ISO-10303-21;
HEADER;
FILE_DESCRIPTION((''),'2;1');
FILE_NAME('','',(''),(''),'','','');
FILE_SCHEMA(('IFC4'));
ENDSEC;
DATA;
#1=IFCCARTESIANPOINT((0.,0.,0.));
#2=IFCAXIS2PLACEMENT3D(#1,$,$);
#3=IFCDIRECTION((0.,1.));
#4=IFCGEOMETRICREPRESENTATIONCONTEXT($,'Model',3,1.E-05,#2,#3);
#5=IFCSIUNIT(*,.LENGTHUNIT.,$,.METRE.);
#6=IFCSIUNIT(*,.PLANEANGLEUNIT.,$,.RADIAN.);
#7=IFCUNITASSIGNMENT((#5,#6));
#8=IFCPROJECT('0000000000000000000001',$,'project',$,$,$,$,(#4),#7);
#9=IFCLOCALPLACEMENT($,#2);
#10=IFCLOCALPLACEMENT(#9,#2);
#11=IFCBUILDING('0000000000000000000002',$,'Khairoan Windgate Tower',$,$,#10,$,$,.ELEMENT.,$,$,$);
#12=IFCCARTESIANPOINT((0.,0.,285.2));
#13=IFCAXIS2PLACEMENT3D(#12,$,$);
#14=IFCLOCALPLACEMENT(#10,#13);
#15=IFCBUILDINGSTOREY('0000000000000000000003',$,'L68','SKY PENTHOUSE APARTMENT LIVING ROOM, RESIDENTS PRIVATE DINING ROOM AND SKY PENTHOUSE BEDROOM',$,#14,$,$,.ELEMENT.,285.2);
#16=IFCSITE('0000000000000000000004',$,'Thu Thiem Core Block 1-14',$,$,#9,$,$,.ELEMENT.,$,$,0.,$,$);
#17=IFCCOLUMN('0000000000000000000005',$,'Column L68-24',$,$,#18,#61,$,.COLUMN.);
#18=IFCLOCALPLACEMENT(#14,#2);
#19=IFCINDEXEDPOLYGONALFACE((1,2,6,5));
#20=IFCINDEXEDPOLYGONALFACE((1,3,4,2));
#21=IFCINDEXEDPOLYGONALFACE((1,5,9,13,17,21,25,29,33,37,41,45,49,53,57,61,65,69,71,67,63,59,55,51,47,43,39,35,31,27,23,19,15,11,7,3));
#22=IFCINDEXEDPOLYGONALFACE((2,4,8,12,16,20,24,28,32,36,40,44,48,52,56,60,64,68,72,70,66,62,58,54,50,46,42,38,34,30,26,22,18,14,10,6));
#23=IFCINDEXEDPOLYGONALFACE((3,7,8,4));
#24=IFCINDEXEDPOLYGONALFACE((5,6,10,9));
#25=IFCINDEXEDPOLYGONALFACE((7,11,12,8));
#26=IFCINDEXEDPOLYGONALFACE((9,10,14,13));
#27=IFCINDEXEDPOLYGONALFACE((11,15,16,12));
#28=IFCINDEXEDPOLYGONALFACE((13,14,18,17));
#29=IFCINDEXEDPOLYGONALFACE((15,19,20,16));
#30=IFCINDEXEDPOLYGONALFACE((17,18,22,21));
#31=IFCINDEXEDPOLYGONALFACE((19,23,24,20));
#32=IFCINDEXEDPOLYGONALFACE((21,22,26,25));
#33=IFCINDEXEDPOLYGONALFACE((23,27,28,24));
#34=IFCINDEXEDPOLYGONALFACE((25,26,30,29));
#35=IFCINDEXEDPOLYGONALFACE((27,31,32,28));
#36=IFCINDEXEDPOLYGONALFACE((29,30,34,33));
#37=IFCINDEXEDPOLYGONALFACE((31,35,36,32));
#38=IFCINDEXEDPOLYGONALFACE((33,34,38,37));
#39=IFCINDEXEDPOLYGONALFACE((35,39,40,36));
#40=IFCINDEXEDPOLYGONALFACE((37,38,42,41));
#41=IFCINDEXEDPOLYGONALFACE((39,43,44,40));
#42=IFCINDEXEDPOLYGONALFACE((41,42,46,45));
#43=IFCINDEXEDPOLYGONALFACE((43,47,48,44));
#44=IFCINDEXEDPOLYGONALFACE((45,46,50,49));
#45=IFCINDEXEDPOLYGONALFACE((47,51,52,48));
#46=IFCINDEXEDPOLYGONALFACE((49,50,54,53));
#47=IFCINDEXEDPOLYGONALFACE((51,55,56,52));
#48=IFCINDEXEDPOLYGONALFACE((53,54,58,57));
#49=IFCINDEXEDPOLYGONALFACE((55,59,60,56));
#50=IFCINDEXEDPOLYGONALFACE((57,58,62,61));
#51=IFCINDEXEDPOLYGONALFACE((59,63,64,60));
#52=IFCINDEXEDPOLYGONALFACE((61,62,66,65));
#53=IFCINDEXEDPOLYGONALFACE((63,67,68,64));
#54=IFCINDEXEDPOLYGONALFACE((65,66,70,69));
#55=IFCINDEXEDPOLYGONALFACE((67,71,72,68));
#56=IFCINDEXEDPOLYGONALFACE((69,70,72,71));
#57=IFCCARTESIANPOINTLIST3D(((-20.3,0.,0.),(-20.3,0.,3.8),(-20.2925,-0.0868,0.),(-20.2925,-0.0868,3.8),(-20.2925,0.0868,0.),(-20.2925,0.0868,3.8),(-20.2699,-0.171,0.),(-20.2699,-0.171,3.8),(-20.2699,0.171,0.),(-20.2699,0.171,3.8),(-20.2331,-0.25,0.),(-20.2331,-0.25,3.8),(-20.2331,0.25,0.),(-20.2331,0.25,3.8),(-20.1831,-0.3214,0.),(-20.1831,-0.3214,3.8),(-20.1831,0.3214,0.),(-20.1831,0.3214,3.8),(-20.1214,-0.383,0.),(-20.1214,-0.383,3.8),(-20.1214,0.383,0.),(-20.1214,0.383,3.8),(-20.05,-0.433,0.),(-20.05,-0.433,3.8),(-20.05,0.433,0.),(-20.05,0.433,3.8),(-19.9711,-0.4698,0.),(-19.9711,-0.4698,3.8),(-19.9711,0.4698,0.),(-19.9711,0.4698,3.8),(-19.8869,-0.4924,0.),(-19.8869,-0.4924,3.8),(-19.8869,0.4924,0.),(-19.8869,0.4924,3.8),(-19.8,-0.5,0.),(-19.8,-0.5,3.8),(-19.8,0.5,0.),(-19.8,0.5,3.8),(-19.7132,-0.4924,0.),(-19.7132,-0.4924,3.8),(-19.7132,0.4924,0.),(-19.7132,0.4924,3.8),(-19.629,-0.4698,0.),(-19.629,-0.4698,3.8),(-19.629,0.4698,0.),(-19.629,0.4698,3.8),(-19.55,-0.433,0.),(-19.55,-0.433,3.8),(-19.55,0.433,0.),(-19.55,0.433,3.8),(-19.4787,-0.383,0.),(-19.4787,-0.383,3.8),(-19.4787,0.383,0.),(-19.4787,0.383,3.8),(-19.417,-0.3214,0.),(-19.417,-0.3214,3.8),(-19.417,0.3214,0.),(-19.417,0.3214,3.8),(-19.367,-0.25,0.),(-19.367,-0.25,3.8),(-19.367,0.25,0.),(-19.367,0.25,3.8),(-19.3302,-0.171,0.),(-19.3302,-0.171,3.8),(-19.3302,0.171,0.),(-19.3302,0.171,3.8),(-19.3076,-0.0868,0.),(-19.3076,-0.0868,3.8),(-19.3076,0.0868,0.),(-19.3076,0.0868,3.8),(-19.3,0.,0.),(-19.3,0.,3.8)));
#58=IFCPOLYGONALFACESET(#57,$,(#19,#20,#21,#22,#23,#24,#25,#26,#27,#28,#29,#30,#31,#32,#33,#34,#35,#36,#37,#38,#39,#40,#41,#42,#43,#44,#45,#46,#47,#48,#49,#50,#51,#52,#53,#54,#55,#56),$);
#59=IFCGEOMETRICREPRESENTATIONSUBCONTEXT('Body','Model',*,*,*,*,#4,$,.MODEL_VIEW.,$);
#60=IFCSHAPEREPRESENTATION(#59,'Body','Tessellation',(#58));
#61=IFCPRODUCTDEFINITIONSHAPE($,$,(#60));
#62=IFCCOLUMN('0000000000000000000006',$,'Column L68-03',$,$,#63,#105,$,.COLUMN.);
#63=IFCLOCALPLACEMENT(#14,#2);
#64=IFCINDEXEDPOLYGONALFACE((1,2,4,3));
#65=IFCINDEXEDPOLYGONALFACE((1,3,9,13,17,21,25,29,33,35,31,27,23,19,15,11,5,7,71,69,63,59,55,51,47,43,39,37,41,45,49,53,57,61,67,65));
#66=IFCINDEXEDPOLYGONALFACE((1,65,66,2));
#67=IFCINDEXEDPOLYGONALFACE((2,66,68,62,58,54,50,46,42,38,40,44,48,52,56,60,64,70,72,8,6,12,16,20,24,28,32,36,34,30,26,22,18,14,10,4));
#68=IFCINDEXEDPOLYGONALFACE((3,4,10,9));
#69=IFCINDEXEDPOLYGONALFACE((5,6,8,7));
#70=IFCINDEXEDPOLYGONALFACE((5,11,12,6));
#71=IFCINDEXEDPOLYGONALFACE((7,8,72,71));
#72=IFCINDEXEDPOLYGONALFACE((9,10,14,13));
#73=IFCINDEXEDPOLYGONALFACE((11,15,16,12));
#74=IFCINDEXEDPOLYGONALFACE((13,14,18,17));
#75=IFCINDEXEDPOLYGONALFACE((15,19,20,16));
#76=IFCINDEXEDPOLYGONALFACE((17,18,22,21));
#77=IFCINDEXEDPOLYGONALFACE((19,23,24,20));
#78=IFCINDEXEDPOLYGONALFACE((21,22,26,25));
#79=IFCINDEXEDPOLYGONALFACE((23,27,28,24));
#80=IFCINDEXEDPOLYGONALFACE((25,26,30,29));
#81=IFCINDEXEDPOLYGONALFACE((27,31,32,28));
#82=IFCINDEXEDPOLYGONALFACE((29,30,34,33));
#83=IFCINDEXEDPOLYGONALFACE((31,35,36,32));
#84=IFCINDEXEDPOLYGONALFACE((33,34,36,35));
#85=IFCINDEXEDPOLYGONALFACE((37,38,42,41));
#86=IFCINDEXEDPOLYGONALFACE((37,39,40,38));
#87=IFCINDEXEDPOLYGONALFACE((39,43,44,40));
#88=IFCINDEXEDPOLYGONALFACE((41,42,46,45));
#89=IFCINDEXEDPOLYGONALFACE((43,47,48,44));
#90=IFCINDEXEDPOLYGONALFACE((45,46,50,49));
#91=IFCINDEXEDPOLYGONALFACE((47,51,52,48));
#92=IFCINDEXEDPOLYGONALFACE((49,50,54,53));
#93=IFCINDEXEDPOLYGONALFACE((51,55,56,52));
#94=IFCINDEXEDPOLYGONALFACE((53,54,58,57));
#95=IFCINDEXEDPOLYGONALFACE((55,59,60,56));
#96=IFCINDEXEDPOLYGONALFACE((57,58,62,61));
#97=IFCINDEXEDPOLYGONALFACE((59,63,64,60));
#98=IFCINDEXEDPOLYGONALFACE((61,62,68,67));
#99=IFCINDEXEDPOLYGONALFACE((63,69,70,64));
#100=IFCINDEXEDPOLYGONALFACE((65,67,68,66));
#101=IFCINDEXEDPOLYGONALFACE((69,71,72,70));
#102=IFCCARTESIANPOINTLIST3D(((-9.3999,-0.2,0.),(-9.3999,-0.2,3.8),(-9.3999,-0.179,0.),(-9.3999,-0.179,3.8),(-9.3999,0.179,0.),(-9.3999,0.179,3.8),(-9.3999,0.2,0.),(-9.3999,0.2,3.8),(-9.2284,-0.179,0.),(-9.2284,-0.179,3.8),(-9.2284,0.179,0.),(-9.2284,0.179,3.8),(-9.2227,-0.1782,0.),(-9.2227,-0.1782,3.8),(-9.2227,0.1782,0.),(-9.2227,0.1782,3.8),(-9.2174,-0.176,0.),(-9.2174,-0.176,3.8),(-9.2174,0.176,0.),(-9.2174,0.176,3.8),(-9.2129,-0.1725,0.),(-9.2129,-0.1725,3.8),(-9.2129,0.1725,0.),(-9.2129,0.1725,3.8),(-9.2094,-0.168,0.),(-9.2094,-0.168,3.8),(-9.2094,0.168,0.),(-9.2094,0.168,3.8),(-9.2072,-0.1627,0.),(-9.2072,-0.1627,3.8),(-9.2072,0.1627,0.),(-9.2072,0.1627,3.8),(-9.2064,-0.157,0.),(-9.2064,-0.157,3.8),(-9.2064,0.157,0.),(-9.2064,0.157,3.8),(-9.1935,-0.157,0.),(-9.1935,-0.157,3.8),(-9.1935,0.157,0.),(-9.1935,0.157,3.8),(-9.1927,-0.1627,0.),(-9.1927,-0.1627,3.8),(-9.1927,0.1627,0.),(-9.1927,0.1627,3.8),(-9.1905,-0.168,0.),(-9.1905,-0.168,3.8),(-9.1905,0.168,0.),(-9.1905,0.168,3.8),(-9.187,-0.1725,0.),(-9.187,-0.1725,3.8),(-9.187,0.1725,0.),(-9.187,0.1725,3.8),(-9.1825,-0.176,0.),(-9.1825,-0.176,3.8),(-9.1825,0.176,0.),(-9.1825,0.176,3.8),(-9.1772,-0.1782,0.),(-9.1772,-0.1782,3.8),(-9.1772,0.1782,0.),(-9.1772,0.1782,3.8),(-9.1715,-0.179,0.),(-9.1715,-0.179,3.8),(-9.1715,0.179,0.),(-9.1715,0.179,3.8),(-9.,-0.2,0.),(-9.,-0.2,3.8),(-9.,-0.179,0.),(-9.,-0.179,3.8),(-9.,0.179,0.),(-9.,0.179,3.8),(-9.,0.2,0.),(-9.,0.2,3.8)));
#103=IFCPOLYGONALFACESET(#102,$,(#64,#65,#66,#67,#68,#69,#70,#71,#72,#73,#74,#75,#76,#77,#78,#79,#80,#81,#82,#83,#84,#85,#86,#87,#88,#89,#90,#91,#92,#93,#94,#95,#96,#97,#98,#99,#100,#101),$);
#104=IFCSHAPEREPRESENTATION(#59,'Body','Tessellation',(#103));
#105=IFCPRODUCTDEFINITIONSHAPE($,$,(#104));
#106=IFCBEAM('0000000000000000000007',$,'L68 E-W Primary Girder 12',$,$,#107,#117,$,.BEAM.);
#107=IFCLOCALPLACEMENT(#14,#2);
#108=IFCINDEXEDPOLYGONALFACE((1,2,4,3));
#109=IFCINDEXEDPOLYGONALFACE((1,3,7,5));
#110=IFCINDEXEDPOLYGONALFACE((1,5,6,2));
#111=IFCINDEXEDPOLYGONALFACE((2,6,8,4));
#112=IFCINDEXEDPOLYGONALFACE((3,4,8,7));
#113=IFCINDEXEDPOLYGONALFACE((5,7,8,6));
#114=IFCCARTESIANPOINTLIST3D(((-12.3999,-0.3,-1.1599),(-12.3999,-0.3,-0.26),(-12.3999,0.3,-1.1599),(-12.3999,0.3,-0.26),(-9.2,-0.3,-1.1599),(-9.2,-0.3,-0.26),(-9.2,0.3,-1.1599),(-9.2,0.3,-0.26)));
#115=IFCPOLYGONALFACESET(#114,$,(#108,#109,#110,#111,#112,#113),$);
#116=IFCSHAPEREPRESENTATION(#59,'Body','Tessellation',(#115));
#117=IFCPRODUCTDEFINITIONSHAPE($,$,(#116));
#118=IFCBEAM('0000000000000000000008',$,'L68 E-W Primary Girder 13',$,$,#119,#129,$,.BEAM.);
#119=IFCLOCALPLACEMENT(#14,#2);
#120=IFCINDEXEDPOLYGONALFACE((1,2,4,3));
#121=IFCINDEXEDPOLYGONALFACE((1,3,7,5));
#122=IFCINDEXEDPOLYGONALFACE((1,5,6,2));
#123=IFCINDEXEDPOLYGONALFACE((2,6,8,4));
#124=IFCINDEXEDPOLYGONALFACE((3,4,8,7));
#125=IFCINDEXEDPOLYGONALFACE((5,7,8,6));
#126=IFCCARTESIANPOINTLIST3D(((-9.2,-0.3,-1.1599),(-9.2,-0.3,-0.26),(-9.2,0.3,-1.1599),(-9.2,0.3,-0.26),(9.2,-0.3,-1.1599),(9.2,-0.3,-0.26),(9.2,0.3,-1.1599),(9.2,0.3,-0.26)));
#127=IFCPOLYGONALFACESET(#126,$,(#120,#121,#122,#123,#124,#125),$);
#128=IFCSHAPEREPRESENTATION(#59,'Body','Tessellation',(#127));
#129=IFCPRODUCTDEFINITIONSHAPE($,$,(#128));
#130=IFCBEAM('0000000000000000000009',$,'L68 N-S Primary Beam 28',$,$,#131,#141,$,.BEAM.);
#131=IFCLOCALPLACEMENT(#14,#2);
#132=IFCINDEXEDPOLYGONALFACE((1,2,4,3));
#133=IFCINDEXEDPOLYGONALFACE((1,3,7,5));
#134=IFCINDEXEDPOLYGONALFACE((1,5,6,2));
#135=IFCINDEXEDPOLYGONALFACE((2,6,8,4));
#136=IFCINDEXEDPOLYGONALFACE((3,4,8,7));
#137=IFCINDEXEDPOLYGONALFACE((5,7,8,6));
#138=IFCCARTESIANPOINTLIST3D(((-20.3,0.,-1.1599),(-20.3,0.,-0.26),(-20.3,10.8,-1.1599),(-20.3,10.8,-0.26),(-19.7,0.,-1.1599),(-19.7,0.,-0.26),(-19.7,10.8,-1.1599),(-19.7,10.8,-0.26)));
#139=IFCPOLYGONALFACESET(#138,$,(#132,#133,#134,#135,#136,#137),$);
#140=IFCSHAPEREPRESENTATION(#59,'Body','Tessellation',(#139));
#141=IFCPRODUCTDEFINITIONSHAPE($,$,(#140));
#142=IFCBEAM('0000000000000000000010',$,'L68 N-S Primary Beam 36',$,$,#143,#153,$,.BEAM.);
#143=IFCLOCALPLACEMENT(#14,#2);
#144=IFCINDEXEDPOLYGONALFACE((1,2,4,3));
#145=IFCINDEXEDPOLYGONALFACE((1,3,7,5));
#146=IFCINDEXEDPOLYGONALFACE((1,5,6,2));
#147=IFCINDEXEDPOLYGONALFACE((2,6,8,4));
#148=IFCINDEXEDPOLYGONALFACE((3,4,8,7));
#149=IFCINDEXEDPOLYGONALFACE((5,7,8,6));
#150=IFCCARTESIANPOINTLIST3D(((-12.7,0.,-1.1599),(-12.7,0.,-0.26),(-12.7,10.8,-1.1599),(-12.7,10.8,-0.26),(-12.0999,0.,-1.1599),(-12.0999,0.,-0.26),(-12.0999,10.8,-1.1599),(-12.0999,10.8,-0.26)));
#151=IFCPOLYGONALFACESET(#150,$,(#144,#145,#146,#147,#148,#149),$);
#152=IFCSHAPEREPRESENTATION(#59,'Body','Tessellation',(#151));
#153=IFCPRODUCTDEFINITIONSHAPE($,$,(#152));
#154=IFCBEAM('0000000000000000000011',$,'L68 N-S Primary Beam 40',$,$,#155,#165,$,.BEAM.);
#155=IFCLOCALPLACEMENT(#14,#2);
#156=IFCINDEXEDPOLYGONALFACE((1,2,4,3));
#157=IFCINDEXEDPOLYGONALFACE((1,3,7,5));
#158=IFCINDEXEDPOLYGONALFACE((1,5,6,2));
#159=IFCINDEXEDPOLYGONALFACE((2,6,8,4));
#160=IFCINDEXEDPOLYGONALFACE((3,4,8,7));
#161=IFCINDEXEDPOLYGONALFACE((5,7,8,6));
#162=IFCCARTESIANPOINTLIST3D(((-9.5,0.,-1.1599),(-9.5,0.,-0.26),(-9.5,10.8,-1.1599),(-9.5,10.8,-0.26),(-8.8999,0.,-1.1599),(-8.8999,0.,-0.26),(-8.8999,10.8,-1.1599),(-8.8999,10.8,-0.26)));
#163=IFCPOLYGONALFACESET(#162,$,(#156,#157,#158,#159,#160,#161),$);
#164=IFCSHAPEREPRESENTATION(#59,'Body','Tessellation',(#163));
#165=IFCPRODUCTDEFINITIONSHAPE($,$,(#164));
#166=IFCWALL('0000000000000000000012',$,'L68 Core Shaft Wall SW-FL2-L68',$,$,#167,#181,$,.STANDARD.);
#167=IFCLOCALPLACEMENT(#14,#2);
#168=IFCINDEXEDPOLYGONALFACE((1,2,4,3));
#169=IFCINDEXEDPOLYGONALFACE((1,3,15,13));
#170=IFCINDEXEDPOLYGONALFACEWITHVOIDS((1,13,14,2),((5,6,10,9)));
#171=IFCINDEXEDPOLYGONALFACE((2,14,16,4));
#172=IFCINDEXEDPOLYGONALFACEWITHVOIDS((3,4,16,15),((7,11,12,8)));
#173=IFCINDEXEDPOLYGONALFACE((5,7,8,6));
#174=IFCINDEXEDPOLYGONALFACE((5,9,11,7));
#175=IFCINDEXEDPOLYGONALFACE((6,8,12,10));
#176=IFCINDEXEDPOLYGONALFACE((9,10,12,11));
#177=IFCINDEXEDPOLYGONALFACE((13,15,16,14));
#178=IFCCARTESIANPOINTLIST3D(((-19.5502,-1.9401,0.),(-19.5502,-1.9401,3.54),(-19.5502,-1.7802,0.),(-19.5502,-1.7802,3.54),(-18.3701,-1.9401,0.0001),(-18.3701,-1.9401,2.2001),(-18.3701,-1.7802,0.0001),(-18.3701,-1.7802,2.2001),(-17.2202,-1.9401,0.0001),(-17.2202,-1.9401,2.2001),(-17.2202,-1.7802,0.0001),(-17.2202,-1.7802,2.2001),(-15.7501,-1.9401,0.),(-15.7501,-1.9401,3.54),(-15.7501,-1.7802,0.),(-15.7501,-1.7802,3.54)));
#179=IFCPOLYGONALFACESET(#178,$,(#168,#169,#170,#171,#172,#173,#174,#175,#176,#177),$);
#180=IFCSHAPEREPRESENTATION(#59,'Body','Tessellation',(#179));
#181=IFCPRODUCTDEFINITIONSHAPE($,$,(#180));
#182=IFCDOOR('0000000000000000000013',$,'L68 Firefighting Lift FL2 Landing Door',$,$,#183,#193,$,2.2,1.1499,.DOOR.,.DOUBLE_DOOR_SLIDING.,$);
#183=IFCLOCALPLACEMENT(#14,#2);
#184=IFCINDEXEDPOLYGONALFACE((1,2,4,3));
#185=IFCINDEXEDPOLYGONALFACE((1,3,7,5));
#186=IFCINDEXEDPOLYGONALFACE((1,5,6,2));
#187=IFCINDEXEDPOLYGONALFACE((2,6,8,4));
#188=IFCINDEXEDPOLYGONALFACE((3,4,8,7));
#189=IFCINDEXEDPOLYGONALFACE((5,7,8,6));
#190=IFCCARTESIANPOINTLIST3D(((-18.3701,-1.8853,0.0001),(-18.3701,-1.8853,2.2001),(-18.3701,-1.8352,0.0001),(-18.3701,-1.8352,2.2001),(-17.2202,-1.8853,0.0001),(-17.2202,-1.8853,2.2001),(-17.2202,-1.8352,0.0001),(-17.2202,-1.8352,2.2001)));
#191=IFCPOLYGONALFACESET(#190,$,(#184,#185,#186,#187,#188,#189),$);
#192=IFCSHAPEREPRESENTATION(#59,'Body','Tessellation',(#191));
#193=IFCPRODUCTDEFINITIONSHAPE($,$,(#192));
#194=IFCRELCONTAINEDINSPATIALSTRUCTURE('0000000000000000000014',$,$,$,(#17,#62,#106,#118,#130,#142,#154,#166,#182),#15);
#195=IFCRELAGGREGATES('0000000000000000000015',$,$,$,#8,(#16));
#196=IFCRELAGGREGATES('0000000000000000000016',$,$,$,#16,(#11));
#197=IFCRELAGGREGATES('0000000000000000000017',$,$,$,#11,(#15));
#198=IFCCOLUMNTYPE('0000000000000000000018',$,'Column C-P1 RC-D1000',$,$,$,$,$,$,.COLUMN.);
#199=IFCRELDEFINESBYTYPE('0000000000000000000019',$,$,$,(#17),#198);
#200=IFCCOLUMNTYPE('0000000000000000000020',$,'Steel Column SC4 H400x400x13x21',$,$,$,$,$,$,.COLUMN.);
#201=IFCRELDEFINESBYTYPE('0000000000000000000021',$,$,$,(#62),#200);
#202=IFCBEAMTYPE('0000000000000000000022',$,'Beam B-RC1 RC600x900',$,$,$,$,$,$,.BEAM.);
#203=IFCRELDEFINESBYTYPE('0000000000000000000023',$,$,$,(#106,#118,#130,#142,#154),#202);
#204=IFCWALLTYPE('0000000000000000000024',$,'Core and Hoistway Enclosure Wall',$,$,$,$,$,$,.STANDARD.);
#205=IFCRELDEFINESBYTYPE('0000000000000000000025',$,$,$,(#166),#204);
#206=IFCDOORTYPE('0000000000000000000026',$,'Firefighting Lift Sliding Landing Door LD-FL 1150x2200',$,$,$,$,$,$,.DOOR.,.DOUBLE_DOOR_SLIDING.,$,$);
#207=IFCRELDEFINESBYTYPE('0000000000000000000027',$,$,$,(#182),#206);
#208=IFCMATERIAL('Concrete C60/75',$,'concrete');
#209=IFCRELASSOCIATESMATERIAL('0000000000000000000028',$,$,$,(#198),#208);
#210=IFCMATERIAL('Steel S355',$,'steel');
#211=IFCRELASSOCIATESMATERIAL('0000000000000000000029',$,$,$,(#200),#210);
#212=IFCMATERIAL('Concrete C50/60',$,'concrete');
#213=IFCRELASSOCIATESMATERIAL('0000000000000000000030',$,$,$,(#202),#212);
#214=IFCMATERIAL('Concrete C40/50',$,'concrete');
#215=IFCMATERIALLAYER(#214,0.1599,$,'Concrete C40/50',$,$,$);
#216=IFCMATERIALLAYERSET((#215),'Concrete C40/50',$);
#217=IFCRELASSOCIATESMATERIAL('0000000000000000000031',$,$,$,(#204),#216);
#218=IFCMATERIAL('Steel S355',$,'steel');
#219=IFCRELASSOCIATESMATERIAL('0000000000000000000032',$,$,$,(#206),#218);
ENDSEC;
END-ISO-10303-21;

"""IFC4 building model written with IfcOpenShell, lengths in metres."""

from ifc_helpers import new_model, si_unit, direction, frame, frame_2d, origin, origin_2d, place, context, subcontext, project, spatial, rectangle, circle, i_section, extrude, material, layer, layer_set, material_profile, profile_set, type_object, element, fill, save


model = new_model("IFC4")

# Units and contexts
model_context = context("Model", 3, precision=1e-05, world=origin(), true_north=direction((0.0, 1.0)))
body_context = subcontext(model_context, "Body", "Model", "MODEL_VIEW")
ifc_project = project(units=[si_unit("LENGTHUNIT", "METRE"), si_unit("PLANEANGLEUNIT", "RADIAN")], contexts=[model_context])

# Site, building, storey
site_placement = place(None, origin())
site = spatial("IfcSite", under=ifc_project, at=site_placement, Name="Thu Thiem Core Block 1-14", CompositionType="ELEMENT", RefElevation=0.0)
building_placement = place(site_placement, origin())
building = spatial("IfcBuilding", under=site, at=building_placement, Name="Khairoan Windgate Tower", CompositionType="ELEMENT")
storey_placement = place(building_placement, frame((0.0, 0.0, 285.2)))
storey = spatial("IfcBuildingStorey", under=building, at=storey_placement, Name="L68", Description="SKY PENTHOUSE APARTMENT LIVING ROOM, RESIDENTS PRIVATE DINING ROOM AND SKY PENTHOUSE BEDROOM", CompositionType="ELEMENT", Elevation=285.2)

# Columns
ifc_material_1 = material(Name="Concrete C60/75", Category="concrete")
ifc_material_profile_1 = material_profile(ifc_material_1, circle(Radius=0.5, at=origin_2d()))
ifc_profile_set_1 = profile_set([ifc_material_profile_1], Name="Concrete C60/75")
column_type_1 = type_object("IfcColumnType", Name="Column C-P1 RC-D1000", PredefinedType="COLUMN", material=ifc_profile_set_1)
column_1_placement = place(storey_placement, frame((-19.8, 0.0, 0.0), z_axis=(0.0, 0.0, 1.0), x_axis=(1.0, 0.0, 0.0)))
element("IfcColumn", 1, at=column_1_placement, inside=storey, type_object=column_type_1, Name="Column L68-24", PredefinedType="COLUMN", context=body_context, shape_type="SweptSolid", body=[
    extrude(circle(Radius=0.5, at=origin_2d()), origin(), (0.0, 0.0, 1.0), 3.8),
])
ifc_material_2 = material(Name="Steel S355", Category="steel")
ifc_material_profile_2 = material_profile(ifc_material_2, i_section(OverallWidth=0.3999, OverallDepth=0.3999, WebThickness=0.0129, FlangeThickness=0.021, FilletRadius=0.022, at=origin_2d()))
ifc_profile_set_2 = profile_set([ifc_material_profile_2], Name="Steel S355")
column_type_2 = type_object("IfcColumnType", Name="Steel Column SC4 H400x400x13x21", PredefinedType="COLUMN", material=ifc_profile_set_2)
column_2_placement = place(storey_placement, frame((-9.2, 0.0, 0.0), z_axis=(0.0, 0.0, 1.0), x_axis=(1.0, 0.0, 0.0)))
element("IfcColumn", 2, at=column_2_placement, inside=storey, type_object=column_type_2, Name="Column L68-03", PredefinedType="COLUMN", context=body_context, shape_type="SweptSolid", body=[
    extrude(i_section(OverallWidth=0.3999, OverallDepth=0.3999, WebThickness=0.0129, FlangeThickness=0.021, FilletRadius=0.022, at=origin_2d()), origin(), (0.0, 0.0, 1.0), 3.8),
])

# Beams
ifc_material_3 = material(Name="Concrete C50/60", Category="concrete")
ifc_material_profile_3 = material_profile(ifc_material_3, rectangle(XDim=0.6001, YDim=0.8999, at=origin_2d()))
ifc_profile_set_3 = profile_set([ifc_material_profile_3], Name="Concrete C50/60")
beam_type = type_object("IfcBeamType", Name="Beam B-RC1 RC600x900", PredefinedType="BEAM", material=ifc_profile_set_3)
beam_1_placement = place(storey_placement, frame((-12.3999, 0.0, -0.71), z_axis=(1.0, 0.0, 0.0), x_axis=(0.0, 1.0, 0.0)))
element("IfcBeam", 3, at=beam_1_placement, inside=storey, type_object=beam_type, Name="L68 E-W Primary Girder 12", PredefinedType="BEAM", context=body_context, shape_type="SweptSolid", body=[
    extrude(rectangle(XDim=0.6001, YDim=0.8999, at=origin_2d()), origin(), (0.0, 0.0, 1.0), 3.2),
])
beam_2_placement = place(storey_placement, frame((-9.2, 0.0, -0.71), z_axis=(1.0, 0.0, 0.0), x_axis=(0.0, 1.0, 0.0)))
element("IfcBeam", 4, at=beam_2_placement, inside=storey, type_object=beam_type, Name="L68 E-W Primary Girder 13", PredefinedType="BEAM", context=body_context, shape_type="SweptSolid", body=[
    extrude(rectangle(XDim=0.6001, YDim=0.8999, at=origin_2d()), origin(), (0.0, 0.0, 1.0), 18.3999),
])
for number, where, z_axis, x_axis, name in (
    (5, (-20.0, 0.0, -0.71), (0.0, 1.0, 0.0), (-1.0, 0.0, 0.0), "L68 N-S Primary Beam 28"),
    (6, (-12.3999, 0.0, -0.71), (0.0, 1.0, 0.0), (-1.0, 0.0, 0.0), "L68 N-S Primary Beam 36"),
    (7, (-9.2, 0.0, -0.71), (0.0, 1.0, 0.0), (-1.0, 0.0, 0.0), "L68 N-S Primary Beam 40"),
):
    element("IfcBeam", number, at=place(storey_placement, frame(where, z_axis=z_axis, x_axis=x_axis)), inside=storey, type_object=beam_type, Name=name, PredefinedType="BEAM", context=body_context, shape_type="SweptSolid", body=[
        extrude(rectangle(XDim=0.6001, YDim=0.8999, at=origin_2d()), origin(), (0.0, 0.0, 1.0), 10.8),
    ])

# Wall, opening, door
ifc_material_4 = material(Name="Concrete C40/50", Category="concrete")
ifc_layer_1 = layer(ifc_material_4, 0.1599, Name="Concrete C40/50")
ifc_layer_set_1 = layer_set([ifc_layer_1], Name="Concrete C40/50")
wall_type_1 = type_object("IfcWallType", Name="Core and Hoistway Enclosure Wall", PredefinedType="STANDARD", material=ifc_layer_set_1)
wall_1_placement = place(storey_placement, frame((-19.55, -1.8601, 0.0), z_axis=(0.0, 0.0, 1.0), x_axis=(1.0, 0.0, 0.0)))
wall_1 = element("IfcWall", 8, at=wall_1_placement, inside=storey, type_object=wall_type_1, Name="L68 Core Shaft Wall SW-FL2-L68", PredefinedType="STANDARD", context=body_context, shape_type="SweptSolid", body=[
    extrude(rectangle(XDim=3.8, YDim=0.1599, at=frame_2d((1.8999, 0.0))), origin(), (0.0, 0.0, 1.0), 3.54),
])
opening_1_placement = place(wall_1_placement, frame((1.1799, 0.0, 0.0)))
opening_1 = element("IfcOpeningElement", 9, at=opening_1_placement, cuts=wall_1, PredefinedType="OPENING", context=body_context, shape_type="SweptSolid", body=[
    extrude(rectangle(XDim=1.1499, YDim=2.2, at=frame_2d((0.575, 1.1001))), frame((0.0, 0.0898, 0.0), z_axis=(0.0, -1.0, 0.0), x_axis=(1.0, 0.0, 0.0)), (0.0, 0.0, 1.0), 0.1799),
])
ifc_material_5 = material(Name="Steel S355", Category="steel")
door_type_1 = type_object("IfcDoorType", Name="Firefighting Lift Sliding Landing Door LD-FL 1150x2200", OperationType="DOUBLE_DOOR_SLIDING", PredefinedType="DOOR", material=ifc_material_5)
door_1_placement = place(opening_1_placement, origin())
door_1 = element("IfcDoor", 10, at=door_1_placement, inside=storey, type_object=door_type_1, Name="L68 Firefighting Lift FL2 Landing Door", OperationType="DOUBLE_DOOR_SLIDING", OverallHeight=2.2, OverallWidth=1.1499, PredefinedType="DOOR", context=body_context, shape_type="SweptSolid", body=[
    extrude(rectangle(XDim=1.1499, YDim=2.2, at=frame_2d((0.575, 1.1001))), frame((0.0, 0.0249, 0.0), z_axis=(0.0, -1.0, 0.0), x_axis=(1.0, 0.0, 0.0)), (0.0, 0.0, 1.0), 0.05),
])
fill(opening_1, door_1)

save(model, "model.ifc")
